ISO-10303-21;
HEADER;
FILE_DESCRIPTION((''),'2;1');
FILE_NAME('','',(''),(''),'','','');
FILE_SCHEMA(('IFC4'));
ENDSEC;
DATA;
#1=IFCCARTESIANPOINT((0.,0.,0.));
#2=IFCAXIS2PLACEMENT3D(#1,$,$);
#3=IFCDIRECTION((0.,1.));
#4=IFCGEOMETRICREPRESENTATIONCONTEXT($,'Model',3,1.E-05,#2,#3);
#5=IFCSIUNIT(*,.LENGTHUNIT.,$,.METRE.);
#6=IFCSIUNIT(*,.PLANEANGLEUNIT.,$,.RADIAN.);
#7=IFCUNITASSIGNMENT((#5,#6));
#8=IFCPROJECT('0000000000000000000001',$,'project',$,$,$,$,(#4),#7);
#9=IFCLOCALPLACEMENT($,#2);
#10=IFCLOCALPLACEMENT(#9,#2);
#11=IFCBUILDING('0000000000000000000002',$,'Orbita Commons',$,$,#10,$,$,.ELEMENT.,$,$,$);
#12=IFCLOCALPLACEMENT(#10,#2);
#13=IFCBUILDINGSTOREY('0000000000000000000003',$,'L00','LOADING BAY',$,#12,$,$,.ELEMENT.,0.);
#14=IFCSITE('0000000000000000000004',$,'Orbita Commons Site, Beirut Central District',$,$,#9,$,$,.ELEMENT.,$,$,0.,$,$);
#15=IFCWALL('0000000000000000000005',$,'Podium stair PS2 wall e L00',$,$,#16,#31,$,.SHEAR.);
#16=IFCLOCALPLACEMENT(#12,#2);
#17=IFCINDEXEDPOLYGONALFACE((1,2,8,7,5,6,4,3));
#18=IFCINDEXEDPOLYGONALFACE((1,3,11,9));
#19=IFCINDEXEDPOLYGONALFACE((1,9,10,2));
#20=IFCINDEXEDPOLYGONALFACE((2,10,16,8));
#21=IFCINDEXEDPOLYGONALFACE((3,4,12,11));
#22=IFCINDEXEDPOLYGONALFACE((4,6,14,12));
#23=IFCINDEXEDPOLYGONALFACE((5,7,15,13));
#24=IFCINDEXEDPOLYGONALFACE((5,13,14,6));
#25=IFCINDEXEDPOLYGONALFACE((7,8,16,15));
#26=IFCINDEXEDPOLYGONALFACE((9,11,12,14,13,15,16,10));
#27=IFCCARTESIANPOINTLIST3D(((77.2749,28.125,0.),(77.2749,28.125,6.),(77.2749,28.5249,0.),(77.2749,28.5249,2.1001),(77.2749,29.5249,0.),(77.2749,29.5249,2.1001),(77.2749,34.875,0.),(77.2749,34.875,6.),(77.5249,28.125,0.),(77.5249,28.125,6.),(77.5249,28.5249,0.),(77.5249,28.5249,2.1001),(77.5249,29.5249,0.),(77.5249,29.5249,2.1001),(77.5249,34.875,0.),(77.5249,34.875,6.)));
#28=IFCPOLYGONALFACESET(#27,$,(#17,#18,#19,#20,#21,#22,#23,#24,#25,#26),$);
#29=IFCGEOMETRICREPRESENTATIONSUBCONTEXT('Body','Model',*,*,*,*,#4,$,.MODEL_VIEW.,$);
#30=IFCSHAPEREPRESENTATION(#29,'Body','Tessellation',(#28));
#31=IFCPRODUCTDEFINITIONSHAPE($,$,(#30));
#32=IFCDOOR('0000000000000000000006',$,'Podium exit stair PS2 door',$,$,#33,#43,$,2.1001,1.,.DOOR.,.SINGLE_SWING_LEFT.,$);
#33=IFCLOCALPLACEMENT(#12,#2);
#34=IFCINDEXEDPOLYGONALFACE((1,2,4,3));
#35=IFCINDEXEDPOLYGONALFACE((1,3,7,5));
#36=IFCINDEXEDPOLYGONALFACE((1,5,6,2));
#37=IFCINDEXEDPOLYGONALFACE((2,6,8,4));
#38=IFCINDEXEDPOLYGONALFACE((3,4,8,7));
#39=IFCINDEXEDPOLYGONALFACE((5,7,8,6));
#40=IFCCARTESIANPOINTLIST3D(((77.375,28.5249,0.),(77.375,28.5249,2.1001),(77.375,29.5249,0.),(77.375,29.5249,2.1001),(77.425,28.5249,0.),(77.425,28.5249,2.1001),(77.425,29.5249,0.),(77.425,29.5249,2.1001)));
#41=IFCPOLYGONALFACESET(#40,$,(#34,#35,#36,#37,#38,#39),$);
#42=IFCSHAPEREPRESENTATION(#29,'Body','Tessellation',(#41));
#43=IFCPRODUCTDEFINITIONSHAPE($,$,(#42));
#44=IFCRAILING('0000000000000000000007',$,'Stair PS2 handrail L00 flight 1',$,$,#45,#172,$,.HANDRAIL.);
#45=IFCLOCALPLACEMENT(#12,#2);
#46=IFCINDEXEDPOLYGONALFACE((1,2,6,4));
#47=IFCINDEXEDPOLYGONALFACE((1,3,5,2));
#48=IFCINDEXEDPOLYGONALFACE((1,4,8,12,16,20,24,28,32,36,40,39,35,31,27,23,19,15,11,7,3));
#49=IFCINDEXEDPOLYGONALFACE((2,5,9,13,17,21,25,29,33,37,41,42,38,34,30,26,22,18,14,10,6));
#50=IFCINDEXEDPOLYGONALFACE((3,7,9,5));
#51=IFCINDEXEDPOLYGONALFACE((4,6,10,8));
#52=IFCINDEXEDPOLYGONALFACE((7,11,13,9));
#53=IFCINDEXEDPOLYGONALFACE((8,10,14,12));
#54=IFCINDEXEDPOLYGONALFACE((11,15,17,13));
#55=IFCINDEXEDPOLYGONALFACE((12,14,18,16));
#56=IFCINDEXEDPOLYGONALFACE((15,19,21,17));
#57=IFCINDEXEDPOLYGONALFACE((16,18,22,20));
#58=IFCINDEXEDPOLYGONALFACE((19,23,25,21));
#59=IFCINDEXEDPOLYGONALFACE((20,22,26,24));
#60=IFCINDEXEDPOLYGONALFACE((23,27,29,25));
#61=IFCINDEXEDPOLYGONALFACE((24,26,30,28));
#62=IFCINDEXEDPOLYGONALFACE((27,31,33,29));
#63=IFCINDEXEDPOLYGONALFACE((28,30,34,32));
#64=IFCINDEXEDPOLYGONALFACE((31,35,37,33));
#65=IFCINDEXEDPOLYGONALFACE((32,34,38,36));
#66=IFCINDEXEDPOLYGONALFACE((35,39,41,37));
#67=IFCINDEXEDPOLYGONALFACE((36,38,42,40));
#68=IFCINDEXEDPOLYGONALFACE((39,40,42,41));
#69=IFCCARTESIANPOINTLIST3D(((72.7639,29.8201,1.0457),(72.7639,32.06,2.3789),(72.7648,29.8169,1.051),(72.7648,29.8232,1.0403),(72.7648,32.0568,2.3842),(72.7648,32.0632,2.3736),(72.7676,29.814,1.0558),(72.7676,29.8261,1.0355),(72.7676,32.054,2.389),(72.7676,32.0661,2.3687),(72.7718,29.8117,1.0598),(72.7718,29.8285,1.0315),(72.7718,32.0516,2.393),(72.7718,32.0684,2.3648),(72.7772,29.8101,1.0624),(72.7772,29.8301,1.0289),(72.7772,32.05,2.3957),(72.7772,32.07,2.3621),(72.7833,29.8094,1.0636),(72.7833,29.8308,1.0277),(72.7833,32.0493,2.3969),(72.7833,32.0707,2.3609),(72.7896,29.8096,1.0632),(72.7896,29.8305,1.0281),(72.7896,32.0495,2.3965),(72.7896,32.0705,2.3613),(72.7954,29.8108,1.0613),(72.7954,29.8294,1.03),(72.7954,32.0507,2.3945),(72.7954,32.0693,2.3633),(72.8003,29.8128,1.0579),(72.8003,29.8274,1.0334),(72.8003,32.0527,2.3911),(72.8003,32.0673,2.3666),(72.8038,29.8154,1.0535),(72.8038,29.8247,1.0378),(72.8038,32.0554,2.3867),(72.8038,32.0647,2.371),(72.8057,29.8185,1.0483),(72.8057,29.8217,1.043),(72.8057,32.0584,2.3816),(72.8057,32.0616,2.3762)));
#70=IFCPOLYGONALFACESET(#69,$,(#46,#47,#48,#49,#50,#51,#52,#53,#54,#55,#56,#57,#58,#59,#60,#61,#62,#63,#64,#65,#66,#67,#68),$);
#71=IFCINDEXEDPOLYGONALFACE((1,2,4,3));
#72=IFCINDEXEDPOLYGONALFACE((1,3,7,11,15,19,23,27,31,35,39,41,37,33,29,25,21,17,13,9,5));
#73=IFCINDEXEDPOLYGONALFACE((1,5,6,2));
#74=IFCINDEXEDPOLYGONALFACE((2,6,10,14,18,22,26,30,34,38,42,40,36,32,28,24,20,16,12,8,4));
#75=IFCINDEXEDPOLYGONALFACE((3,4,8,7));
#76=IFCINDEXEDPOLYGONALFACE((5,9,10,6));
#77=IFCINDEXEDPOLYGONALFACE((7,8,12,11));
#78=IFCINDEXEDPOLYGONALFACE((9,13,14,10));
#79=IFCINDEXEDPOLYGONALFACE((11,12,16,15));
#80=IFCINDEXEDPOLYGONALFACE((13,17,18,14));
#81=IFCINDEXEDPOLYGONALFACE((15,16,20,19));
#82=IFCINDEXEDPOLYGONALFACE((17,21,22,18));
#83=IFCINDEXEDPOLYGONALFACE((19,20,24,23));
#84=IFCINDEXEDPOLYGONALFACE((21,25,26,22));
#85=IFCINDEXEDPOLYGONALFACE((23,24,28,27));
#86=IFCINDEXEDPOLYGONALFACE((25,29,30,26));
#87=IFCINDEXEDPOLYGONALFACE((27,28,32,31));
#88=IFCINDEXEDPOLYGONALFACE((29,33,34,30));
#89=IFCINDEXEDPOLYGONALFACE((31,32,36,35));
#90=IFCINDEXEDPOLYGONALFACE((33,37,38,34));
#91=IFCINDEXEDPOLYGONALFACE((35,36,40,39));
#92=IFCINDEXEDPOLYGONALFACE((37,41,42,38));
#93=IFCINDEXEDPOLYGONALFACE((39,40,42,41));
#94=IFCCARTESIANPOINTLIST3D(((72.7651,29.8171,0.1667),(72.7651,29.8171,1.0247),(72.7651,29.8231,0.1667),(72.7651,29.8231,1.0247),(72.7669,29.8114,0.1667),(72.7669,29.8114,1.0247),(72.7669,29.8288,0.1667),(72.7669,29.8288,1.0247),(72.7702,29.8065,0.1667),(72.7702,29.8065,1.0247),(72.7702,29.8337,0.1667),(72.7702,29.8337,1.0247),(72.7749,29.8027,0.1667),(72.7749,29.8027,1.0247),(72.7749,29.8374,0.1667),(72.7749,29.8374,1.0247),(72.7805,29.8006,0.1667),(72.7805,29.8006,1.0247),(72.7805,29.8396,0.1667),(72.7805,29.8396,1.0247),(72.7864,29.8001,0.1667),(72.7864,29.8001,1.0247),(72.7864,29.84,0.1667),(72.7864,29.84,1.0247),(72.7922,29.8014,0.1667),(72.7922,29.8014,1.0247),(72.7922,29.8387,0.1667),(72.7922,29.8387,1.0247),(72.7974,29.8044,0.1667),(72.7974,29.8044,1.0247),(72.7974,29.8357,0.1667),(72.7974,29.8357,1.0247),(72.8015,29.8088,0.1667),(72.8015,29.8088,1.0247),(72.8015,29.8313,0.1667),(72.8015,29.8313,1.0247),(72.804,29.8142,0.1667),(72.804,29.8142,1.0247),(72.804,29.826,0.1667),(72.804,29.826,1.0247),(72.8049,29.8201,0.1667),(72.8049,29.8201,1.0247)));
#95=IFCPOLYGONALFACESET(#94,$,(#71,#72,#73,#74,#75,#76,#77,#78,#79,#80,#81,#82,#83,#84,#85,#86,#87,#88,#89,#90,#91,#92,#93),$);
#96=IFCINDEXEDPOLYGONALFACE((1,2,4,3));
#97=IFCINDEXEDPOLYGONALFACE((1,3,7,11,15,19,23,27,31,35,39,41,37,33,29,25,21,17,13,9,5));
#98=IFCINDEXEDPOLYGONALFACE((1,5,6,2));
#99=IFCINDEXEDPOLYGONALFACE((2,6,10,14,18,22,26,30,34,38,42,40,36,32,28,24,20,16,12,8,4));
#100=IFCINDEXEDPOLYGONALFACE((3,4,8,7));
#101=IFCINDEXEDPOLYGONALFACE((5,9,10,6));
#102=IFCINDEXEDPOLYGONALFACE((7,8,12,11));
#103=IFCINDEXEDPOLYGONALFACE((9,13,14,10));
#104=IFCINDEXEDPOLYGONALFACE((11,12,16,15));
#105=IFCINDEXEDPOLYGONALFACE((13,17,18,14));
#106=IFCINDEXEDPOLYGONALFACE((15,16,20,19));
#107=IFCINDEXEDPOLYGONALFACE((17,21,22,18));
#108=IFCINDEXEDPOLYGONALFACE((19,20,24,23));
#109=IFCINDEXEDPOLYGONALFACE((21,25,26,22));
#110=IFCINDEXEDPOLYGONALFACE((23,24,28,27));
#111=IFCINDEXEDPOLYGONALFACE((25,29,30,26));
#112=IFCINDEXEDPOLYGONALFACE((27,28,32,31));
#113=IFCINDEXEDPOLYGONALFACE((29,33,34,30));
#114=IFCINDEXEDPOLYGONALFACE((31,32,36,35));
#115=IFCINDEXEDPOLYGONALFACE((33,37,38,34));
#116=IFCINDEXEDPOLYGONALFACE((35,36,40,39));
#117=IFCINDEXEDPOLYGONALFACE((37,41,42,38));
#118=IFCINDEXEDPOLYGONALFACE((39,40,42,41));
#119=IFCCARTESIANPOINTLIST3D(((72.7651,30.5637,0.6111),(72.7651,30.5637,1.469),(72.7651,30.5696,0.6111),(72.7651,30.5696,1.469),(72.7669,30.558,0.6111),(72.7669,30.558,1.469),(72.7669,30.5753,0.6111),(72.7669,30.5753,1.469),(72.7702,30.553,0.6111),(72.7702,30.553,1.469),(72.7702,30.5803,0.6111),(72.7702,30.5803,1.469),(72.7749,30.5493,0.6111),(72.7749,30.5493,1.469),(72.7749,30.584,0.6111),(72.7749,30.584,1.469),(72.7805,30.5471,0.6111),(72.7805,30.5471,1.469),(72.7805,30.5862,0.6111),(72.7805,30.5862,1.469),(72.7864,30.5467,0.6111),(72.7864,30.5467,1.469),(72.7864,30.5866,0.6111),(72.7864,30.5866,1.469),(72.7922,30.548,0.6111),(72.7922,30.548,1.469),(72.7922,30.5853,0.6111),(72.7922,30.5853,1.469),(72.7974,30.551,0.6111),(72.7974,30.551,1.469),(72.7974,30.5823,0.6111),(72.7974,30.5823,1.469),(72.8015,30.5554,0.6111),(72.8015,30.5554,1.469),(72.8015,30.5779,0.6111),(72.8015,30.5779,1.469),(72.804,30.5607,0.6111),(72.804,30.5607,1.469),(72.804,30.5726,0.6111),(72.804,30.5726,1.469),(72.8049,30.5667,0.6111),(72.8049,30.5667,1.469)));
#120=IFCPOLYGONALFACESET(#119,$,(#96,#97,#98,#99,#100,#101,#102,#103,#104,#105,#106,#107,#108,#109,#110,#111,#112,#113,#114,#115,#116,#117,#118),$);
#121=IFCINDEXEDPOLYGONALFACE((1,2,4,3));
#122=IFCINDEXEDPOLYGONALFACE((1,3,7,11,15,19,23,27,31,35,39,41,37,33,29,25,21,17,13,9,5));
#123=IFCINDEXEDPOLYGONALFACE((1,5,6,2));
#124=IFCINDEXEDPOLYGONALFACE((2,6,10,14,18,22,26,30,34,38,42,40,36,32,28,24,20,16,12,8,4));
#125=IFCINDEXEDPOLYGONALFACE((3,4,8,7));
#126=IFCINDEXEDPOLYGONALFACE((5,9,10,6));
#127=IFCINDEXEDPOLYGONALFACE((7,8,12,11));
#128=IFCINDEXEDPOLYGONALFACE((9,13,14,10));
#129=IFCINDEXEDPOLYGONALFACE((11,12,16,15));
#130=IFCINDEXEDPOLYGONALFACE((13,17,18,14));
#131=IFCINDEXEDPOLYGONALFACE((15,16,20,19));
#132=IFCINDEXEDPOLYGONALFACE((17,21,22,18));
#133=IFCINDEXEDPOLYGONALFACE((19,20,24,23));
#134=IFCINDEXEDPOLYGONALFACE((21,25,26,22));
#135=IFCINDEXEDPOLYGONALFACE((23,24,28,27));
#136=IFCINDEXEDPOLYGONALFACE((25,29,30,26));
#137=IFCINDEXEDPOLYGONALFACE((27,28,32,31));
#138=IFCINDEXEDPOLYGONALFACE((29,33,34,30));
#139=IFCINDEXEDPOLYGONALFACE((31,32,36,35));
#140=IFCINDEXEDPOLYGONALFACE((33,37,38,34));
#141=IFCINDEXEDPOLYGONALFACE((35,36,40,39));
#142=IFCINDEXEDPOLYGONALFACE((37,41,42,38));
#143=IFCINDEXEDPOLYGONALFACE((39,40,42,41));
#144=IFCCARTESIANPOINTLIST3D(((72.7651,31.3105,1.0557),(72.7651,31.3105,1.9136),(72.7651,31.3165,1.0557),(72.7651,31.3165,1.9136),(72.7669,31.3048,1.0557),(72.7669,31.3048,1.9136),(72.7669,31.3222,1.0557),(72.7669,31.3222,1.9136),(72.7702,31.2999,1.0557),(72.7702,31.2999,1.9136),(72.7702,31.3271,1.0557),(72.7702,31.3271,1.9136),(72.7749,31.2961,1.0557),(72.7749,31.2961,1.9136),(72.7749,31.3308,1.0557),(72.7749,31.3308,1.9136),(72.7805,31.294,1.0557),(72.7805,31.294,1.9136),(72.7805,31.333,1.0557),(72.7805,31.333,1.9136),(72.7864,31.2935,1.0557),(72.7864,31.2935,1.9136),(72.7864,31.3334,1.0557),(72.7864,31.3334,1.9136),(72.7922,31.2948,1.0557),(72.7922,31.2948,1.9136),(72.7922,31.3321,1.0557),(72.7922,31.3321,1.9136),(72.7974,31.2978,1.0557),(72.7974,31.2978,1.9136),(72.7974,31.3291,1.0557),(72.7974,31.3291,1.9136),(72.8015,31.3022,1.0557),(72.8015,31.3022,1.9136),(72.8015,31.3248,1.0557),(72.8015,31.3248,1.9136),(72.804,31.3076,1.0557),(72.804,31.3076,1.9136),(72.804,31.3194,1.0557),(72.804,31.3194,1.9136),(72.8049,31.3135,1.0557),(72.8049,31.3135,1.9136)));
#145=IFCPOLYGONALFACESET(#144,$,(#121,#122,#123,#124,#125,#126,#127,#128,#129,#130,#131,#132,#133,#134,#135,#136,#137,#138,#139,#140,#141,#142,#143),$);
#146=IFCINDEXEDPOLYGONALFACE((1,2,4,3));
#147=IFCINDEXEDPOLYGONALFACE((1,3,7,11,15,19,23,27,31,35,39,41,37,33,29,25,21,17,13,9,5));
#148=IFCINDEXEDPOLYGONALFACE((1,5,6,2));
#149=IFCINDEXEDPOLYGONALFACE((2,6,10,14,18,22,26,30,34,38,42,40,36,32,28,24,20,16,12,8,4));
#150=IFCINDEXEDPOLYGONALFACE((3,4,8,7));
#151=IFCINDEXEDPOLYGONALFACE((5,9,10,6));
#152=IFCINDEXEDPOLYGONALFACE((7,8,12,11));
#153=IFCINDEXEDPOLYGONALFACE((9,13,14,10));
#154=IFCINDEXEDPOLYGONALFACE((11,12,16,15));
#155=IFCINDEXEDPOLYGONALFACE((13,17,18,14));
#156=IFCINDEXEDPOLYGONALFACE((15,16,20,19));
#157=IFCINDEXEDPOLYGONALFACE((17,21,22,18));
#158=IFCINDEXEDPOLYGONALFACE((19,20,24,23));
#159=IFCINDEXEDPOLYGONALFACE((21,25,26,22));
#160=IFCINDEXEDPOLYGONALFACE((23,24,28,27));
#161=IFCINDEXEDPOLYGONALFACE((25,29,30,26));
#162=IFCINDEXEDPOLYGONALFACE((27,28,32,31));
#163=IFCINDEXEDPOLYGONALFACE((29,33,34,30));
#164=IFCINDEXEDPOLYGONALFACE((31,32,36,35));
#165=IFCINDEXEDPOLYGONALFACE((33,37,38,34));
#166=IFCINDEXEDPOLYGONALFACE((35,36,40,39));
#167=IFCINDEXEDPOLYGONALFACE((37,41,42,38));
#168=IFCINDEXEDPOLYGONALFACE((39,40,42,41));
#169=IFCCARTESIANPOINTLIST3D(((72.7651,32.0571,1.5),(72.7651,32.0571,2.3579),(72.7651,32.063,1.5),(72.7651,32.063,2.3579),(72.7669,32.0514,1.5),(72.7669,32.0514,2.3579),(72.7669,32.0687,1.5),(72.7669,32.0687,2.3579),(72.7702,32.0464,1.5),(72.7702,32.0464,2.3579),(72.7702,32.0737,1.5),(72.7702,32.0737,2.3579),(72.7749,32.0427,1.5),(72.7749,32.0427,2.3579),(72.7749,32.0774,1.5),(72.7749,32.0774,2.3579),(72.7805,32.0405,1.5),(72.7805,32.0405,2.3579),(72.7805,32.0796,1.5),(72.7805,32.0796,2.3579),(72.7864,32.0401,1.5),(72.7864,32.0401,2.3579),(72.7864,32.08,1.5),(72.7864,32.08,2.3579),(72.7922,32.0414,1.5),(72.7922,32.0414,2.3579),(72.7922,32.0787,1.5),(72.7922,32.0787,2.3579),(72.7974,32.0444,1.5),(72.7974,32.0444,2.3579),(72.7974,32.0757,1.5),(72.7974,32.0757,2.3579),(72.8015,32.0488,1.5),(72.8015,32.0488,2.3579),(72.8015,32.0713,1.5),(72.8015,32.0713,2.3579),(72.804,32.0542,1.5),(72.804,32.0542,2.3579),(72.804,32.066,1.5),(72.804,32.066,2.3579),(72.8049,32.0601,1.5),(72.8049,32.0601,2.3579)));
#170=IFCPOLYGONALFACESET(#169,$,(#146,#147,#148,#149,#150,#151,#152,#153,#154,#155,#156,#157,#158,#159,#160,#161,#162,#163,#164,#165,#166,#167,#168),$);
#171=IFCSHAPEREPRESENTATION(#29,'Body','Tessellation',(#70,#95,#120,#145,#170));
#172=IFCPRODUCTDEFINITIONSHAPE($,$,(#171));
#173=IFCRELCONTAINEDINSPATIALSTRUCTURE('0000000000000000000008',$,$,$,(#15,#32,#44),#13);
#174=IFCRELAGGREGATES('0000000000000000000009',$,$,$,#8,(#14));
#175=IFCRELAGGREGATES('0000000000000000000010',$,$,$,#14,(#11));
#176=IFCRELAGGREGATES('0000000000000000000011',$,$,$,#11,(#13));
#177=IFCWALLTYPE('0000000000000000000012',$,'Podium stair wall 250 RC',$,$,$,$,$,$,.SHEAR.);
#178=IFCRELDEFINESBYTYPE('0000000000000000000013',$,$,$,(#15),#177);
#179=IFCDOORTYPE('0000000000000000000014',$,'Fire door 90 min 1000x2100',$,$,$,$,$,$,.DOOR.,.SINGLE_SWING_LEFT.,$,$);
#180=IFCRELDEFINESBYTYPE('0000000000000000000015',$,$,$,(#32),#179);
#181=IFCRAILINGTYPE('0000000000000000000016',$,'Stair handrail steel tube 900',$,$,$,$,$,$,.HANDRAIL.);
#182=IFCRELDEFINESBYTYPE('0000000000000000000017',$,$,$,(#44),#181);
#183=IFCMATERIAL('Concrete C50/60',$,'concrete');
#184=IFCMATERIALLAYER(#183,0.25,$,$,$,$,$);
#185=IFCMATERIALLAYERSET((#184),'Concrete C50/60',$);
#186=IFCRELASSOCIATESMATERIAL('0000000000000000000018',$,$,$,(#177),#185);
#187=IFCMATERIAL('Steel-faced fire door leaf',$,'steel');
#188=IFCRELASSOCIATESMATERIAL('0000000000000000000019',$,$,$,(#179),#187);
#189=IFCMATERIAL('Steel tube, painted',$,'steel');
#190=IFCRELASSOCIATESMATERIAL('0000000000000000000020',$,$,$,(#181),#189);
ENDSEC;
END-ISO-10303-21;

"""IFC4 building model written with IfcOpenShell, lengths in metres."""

from ifc_helpers import new_model, si_unit, direction, frame, frame_2d, origin, origin_2d, place, context, subcontext, project, spatial, rectangle, circle, extrude, material, layer, layer_set, type_object, element, fill, save


model = new_model("IFC4")

# Units and contexts
model_context = context("Model", 3, precision=1e-05, world=origin(), true_north=direction((0.0, 1.0)))
body_context = subcontext(model_context, "Body", "Model", "MODEL_VIEW")
ifc_project = project(units=[si_unit("LENGTHUNIT", "METRE"), si_unit("PLANEANGLEUNIT", "RADIAN")], contexts=[model_context])

# Site, building, storey
site_placement = place(None, origin())
site = spatial("IfcSite", under=ifc_project, at=site_placement, Name="Orbita Commons Site, Beirut Central District", CompositionType="ELEMENT", RefElevation=0.0)
building_placement = place(site_placement, origin())
building = spatial("IfcBuilding", under=site, at=building_placement, Name="Orbita Commons", CompositionType="ELEMENT")
storey_placement = place(building_placement, origin())
storey = spatial("IfcBuildingStorey", under=building, at=storey_placement, Name="L00", Description="LOADING BAY", CompositionType="ELEMENT", Elevation=0.0)

# Shared definitions
ifc_material_1 = material(Name="Concrete C50/60", Category="concrete")
ifc_layer_1 = layer(ifc_material_1, 0.25)
ifc_layer_set_1 = layer_set([ifc_layer_1], Name="Concrete C50/60")
wall_type_1 = type_object("IfcWallType", Name="Podium stair wall 250 RC", PredefinedType="SHEAR", material=ifc_layer_set_1)

# Wall, opening, door
wall_1_placement = place(storey_placement, frame((77.3999, 28.125, 0.0), z_axis=(0.0, 0.0, 1.0), x_axis=(0.0, 1.0, 0.0)))
wall_1 = element("IfcWall", 1, at=wall_1_placement, inside=storey, type_object=wall_type_1, Name="Podium stair PS2 wall e L00", PredefinedType="SHEAR", context=body_context, shape_type="SweptSolid", body=[
    extrude(rectangle(XDim=6.75, YDim=0.25, at=frame_2d((3.375, 0.0))), origin(), (0.0, 0.0, 1.0), 6.0),
])
opening_1_placement = place(wall_1_placement, frame((0.3999, 0.0, 0.0)))
opening_1 = element("IfcOpeningElement", 2, at=opening_1_placement, cuts=wall_1, PredefinedType="OPENING", context=body_context, shape_type="SweptSolid", body=[
    extrude(rectangle(XDim=1.0, YDim=2.1001, at=frame_2d((0.5, 1.05))), frame((0.0, 0.135, 0.0), z_axis=(0.0, -1.0, 0.0), x_axis=(1.0, 0.0, 0.0)), (0.0, 0.0, 1.0), 0.27),
])
ifc_material_2 = material(Name="Steel-faced fire door leaf", Category="steel")
door_type_1 = type_object("IfcDoorType", Name="Fire door 90 min 1000x2100", OperationType="SINGLE_SWING_LEFT", PredefinedType="DOOR", material=ifc_material_2)
door_1_placement = place(opening_1_placement, origin())
door_1 = element("IfcDoor", 3, at=door_1_placement, inside=storey, type_object=door_type_1, Name="Podium exit stair PS2 door", OperationType="SINGLE_SWING_LEFT", OverallHeight=2.1001, OverallWidth=1.0, PredefinedType="DOOR", context=body_context, shape_type="SweptSolid", body=[
    extrude(rectangle(XDim=1.0, YDim=2.1001, at=frame_2d((0.5, 1.05))), frame((0.0, 0.0249, 0.0), z_axis=(0.0, -1.0, 0.0), x_axis=(1.0, 0.0, 0.0)), (0.0, 0.0, 1.0), 0.05),
])
fill(opening_1, door_1)

# Railing
ifc_material_3 = material(Name="Steel tube, painted", Category="steel")
railing_type_1 = type_object("IfcRailingType", Name="Stair handrail steel tube 900", PredefinedType="HANDRAIL", material=ifc_material_3)
for number, where, name in (
    (4, (72.7849, 29.8201, 0.1667), "Stair PS2 handrail L00 flight 1"),
):
    element("IfcRailing", number, at=place(storey_placement, frame(where)), inside=storey, type_object=railing_type_1, Name=name, PredefinedType="HANDRAIL", context=body_context, shape_type="SweptSolid", body=[
        extrude(circle(Radius=0.021, at=origin_2d()), frame((0.0, 0.0, 0.8789), z_axis=(0.0, 0.859306, 0.511462), x_axis=(-1.0, 0.0, 0.0)), (0.0, 0.0, 1.0), 2.6067),
        extrude(circle(Radius=0.02, at=origin_2d()), origin(), (0.0, 0.0, 1.0), 0.8579),
        extrude(circle(Radius=0.02, at=origin_2d()), frame((0.0, 0.7466, 0.4443)), (0.0, 0.0, 1.0), 0.8579),
        extrude(circle(Radius=0.02, at=origin_2d()), frame((0.0, 1.4934, 0.8889)), (0.0, 0.0, 1.0), 0.8579),
        extrude(circle(Radius=0.02, at=origin_2d()), frame((0.0, 2.24, 1.3333)), (0.0, 0.0, 1.0), 0.8579),
    ])

save(model, "model.ifc")
